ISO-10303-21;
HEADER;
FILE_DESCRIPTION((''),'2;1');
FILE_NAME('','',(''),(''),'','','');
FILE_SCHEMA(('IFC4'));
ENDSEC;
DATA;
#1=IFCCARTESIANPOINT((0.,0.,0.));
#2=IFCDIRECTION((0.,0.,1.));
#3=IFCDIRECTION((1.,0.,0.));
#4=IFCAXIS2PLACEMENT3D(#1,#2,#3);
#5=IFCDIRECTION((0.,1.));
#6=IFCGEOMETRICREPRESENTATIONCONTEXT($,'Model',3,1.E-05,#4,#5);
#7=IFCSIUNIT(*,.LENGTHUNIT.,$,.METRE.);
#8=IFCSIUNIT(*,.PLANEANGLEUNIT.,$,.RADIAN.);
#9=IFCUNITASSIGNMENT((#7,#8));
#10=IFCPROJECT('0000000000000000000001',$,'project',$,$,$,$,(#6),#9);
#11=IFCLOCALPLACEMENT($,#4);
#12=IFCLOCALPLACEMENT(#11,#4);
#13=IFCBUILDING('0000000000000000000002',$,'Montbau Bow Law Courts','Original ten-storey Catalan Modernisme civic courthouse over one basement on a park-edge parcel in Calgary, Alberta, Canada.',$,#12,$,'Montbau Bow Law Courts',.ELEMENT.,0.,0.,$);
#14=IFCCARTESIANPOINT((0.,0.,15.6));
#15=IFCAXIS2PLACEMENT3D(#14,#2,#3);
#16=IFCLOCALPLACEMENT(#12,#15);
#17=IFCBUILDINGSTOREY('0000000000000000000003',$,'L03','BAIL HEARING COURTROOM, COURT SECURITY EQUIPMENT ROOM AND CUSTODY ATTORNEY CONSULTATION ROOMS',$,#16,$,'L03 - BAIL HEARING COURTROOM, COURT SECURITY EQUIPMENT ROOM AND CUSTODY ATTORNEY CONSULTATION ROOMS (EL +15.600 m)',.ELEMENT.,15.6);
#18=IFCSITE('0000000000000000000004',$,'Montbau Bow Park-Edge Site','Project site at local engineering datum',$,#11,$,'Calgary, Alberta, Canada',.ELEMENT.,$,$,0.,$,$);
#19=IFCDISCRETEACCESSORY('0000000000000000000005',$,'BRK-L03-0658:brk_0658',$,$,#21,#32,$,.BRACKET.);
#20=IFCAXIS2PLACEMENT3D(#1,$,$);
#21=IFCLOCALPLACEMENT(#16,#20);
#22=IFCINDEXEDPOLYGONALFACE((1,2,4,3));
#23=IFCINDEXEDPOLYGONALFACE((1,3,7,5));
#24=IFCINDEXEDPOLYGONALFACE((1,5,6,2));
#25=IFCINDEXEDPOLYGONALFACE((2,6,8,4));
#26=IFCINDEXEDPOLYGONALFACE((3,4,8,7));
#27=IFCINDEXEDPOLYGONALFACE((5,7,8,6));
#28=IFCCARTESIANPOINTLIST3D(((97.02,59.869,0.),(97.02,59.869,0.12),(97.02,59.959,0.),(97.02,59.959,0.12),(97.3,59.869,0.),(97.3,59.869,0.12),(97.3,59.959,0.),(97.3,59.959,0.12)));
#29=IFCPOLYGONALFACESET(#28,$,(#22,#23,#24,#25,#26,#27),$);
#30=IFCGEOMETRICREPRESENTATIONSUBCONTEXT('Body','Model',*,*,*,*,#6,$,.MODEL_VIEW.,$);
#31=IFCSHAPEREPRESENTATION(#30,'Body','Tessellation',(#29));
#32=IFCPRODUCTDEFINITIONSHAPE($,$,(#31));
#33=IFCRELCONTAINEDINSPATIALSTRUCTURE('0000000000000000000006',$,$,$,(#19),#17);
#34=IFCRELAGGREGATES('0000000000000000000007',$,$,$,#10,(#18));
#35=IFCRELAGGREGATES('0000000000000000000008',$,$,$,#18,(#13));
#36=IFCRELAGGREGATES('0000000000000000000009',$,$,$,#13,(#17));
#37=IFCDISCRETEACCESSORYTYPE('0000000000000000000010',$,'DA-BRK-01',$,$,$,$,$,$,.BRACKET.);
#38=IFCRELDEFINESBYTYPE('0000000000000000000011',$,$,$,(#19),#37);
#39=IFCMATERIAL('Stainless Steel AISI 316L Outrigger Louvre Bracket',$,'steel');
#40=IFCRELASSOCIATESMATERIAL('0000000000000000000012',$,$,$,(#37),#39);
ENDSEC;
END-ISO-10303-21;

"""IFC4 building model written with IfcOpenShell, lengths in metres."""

from ifc_helpers import new_model, si_unit, direction, frame, origin_with_axes, origin_2d_with_axis, place, context, subcontext, project, spatial, rectangle, extrude, material, type_object, element, save


model = new_model("IFC4")

# Units and contexts
model_context = context("Model", 3, precision=1e-05, world=origin_with_axes(), true_north=direction((0.0, 1.0)))
body_context = subcontext(model_context, "Body", "Model", "MODEL_VIEW")
ifc_project = project(units=[si_unit("LENGTHUNIT", "METRE"), si_unit("PLANEANGLEUNIT", "RADIAN")], contexts=[model_context])

# Site, building, storey
site_placement = place(None, origin_with_axes())
site = spatial("IfcSite", under=ifc_project, at=site_placement, Name="Montbau Bow Park-Edge Site", Description="Project site at local engineering datum", LongName="Calgary, Alberta, Canada", CompositionType="ELEMENT", RefElevation=0.0)
building_placement = place(site_placement, origin_with_axes())
building = spatial("IfcBuilding", under=site, at=building_placement, Name="Montbau Bow Law Courts", Description="Original ten-storey Catalan Modernisme civic courthouse over one basement on a park-edge parcel in Calgary, Alberta, Canada.", LongName="Montbau Bow Law Courts", CompositionType="ELEMENT", ElevationOfRefHeight=0.0, ElevationOfTerrain=0.0)
storey_placement = place(building_placement, frame((0.0, 0.0, 15.6), z_axis=(0.0, 0.0, 1.0), x_axis=(1.0, 0.0, 0.0)))
storey = spatial("IfcBuildingStorey", under=building, at=storey_placement, Name="L03", Description="BAIL HEARING COURTROOM, COURT SECURITY EQUIPMENT ROOM AND CUSTODY ATTORNEY CONSULTATION ROOMS", LongName="L03 - BAIL HEARING COURTROOM, COURT SECURITY EQUIPMENT ROOM AND CUSTODY ATTORNEY CONSULTATION ROOMS (EL +15.600 m)", CompositionType="ELEMENT", Elevation=15.6)

# Discrete accessory
ifc_material_1 = material(Name="Stainless Steel AISI 316L Outrigger Louvre Bracket", Category="steel")
discrete_accessory_type = type_object("IfcDiscreteAccessoryType", Name="DA-BRK-01", PredefinedType="BRACKET", material=ifc_material_1)
for number, where, z_axis, x_axis, name in (
    (1, (97.16, 59.914, 15.6), (0.0, 0.0, 1.0), (1.0, 0.0, 0.0), "BRK-L03-0658:brk_0658"),
):
    element("IfcDiscreteAccessory", number, at=place(None, frame(where, z_axis=z_axis, x_axis=x_axis)), inside=storey, type_object=discrete_accessory_type, Name=name, PredefinedType="BRACKET", context=body_context, shape_type="SweptSolid", body=[
        extrude(rectangle(XDim=0.28, YDim=0.09, at=origin_2d_with_axis()), origin_with_axes(), (0.0, 0.0, 1.0), 0.12),
    ])

save(model, "model.ifc")
